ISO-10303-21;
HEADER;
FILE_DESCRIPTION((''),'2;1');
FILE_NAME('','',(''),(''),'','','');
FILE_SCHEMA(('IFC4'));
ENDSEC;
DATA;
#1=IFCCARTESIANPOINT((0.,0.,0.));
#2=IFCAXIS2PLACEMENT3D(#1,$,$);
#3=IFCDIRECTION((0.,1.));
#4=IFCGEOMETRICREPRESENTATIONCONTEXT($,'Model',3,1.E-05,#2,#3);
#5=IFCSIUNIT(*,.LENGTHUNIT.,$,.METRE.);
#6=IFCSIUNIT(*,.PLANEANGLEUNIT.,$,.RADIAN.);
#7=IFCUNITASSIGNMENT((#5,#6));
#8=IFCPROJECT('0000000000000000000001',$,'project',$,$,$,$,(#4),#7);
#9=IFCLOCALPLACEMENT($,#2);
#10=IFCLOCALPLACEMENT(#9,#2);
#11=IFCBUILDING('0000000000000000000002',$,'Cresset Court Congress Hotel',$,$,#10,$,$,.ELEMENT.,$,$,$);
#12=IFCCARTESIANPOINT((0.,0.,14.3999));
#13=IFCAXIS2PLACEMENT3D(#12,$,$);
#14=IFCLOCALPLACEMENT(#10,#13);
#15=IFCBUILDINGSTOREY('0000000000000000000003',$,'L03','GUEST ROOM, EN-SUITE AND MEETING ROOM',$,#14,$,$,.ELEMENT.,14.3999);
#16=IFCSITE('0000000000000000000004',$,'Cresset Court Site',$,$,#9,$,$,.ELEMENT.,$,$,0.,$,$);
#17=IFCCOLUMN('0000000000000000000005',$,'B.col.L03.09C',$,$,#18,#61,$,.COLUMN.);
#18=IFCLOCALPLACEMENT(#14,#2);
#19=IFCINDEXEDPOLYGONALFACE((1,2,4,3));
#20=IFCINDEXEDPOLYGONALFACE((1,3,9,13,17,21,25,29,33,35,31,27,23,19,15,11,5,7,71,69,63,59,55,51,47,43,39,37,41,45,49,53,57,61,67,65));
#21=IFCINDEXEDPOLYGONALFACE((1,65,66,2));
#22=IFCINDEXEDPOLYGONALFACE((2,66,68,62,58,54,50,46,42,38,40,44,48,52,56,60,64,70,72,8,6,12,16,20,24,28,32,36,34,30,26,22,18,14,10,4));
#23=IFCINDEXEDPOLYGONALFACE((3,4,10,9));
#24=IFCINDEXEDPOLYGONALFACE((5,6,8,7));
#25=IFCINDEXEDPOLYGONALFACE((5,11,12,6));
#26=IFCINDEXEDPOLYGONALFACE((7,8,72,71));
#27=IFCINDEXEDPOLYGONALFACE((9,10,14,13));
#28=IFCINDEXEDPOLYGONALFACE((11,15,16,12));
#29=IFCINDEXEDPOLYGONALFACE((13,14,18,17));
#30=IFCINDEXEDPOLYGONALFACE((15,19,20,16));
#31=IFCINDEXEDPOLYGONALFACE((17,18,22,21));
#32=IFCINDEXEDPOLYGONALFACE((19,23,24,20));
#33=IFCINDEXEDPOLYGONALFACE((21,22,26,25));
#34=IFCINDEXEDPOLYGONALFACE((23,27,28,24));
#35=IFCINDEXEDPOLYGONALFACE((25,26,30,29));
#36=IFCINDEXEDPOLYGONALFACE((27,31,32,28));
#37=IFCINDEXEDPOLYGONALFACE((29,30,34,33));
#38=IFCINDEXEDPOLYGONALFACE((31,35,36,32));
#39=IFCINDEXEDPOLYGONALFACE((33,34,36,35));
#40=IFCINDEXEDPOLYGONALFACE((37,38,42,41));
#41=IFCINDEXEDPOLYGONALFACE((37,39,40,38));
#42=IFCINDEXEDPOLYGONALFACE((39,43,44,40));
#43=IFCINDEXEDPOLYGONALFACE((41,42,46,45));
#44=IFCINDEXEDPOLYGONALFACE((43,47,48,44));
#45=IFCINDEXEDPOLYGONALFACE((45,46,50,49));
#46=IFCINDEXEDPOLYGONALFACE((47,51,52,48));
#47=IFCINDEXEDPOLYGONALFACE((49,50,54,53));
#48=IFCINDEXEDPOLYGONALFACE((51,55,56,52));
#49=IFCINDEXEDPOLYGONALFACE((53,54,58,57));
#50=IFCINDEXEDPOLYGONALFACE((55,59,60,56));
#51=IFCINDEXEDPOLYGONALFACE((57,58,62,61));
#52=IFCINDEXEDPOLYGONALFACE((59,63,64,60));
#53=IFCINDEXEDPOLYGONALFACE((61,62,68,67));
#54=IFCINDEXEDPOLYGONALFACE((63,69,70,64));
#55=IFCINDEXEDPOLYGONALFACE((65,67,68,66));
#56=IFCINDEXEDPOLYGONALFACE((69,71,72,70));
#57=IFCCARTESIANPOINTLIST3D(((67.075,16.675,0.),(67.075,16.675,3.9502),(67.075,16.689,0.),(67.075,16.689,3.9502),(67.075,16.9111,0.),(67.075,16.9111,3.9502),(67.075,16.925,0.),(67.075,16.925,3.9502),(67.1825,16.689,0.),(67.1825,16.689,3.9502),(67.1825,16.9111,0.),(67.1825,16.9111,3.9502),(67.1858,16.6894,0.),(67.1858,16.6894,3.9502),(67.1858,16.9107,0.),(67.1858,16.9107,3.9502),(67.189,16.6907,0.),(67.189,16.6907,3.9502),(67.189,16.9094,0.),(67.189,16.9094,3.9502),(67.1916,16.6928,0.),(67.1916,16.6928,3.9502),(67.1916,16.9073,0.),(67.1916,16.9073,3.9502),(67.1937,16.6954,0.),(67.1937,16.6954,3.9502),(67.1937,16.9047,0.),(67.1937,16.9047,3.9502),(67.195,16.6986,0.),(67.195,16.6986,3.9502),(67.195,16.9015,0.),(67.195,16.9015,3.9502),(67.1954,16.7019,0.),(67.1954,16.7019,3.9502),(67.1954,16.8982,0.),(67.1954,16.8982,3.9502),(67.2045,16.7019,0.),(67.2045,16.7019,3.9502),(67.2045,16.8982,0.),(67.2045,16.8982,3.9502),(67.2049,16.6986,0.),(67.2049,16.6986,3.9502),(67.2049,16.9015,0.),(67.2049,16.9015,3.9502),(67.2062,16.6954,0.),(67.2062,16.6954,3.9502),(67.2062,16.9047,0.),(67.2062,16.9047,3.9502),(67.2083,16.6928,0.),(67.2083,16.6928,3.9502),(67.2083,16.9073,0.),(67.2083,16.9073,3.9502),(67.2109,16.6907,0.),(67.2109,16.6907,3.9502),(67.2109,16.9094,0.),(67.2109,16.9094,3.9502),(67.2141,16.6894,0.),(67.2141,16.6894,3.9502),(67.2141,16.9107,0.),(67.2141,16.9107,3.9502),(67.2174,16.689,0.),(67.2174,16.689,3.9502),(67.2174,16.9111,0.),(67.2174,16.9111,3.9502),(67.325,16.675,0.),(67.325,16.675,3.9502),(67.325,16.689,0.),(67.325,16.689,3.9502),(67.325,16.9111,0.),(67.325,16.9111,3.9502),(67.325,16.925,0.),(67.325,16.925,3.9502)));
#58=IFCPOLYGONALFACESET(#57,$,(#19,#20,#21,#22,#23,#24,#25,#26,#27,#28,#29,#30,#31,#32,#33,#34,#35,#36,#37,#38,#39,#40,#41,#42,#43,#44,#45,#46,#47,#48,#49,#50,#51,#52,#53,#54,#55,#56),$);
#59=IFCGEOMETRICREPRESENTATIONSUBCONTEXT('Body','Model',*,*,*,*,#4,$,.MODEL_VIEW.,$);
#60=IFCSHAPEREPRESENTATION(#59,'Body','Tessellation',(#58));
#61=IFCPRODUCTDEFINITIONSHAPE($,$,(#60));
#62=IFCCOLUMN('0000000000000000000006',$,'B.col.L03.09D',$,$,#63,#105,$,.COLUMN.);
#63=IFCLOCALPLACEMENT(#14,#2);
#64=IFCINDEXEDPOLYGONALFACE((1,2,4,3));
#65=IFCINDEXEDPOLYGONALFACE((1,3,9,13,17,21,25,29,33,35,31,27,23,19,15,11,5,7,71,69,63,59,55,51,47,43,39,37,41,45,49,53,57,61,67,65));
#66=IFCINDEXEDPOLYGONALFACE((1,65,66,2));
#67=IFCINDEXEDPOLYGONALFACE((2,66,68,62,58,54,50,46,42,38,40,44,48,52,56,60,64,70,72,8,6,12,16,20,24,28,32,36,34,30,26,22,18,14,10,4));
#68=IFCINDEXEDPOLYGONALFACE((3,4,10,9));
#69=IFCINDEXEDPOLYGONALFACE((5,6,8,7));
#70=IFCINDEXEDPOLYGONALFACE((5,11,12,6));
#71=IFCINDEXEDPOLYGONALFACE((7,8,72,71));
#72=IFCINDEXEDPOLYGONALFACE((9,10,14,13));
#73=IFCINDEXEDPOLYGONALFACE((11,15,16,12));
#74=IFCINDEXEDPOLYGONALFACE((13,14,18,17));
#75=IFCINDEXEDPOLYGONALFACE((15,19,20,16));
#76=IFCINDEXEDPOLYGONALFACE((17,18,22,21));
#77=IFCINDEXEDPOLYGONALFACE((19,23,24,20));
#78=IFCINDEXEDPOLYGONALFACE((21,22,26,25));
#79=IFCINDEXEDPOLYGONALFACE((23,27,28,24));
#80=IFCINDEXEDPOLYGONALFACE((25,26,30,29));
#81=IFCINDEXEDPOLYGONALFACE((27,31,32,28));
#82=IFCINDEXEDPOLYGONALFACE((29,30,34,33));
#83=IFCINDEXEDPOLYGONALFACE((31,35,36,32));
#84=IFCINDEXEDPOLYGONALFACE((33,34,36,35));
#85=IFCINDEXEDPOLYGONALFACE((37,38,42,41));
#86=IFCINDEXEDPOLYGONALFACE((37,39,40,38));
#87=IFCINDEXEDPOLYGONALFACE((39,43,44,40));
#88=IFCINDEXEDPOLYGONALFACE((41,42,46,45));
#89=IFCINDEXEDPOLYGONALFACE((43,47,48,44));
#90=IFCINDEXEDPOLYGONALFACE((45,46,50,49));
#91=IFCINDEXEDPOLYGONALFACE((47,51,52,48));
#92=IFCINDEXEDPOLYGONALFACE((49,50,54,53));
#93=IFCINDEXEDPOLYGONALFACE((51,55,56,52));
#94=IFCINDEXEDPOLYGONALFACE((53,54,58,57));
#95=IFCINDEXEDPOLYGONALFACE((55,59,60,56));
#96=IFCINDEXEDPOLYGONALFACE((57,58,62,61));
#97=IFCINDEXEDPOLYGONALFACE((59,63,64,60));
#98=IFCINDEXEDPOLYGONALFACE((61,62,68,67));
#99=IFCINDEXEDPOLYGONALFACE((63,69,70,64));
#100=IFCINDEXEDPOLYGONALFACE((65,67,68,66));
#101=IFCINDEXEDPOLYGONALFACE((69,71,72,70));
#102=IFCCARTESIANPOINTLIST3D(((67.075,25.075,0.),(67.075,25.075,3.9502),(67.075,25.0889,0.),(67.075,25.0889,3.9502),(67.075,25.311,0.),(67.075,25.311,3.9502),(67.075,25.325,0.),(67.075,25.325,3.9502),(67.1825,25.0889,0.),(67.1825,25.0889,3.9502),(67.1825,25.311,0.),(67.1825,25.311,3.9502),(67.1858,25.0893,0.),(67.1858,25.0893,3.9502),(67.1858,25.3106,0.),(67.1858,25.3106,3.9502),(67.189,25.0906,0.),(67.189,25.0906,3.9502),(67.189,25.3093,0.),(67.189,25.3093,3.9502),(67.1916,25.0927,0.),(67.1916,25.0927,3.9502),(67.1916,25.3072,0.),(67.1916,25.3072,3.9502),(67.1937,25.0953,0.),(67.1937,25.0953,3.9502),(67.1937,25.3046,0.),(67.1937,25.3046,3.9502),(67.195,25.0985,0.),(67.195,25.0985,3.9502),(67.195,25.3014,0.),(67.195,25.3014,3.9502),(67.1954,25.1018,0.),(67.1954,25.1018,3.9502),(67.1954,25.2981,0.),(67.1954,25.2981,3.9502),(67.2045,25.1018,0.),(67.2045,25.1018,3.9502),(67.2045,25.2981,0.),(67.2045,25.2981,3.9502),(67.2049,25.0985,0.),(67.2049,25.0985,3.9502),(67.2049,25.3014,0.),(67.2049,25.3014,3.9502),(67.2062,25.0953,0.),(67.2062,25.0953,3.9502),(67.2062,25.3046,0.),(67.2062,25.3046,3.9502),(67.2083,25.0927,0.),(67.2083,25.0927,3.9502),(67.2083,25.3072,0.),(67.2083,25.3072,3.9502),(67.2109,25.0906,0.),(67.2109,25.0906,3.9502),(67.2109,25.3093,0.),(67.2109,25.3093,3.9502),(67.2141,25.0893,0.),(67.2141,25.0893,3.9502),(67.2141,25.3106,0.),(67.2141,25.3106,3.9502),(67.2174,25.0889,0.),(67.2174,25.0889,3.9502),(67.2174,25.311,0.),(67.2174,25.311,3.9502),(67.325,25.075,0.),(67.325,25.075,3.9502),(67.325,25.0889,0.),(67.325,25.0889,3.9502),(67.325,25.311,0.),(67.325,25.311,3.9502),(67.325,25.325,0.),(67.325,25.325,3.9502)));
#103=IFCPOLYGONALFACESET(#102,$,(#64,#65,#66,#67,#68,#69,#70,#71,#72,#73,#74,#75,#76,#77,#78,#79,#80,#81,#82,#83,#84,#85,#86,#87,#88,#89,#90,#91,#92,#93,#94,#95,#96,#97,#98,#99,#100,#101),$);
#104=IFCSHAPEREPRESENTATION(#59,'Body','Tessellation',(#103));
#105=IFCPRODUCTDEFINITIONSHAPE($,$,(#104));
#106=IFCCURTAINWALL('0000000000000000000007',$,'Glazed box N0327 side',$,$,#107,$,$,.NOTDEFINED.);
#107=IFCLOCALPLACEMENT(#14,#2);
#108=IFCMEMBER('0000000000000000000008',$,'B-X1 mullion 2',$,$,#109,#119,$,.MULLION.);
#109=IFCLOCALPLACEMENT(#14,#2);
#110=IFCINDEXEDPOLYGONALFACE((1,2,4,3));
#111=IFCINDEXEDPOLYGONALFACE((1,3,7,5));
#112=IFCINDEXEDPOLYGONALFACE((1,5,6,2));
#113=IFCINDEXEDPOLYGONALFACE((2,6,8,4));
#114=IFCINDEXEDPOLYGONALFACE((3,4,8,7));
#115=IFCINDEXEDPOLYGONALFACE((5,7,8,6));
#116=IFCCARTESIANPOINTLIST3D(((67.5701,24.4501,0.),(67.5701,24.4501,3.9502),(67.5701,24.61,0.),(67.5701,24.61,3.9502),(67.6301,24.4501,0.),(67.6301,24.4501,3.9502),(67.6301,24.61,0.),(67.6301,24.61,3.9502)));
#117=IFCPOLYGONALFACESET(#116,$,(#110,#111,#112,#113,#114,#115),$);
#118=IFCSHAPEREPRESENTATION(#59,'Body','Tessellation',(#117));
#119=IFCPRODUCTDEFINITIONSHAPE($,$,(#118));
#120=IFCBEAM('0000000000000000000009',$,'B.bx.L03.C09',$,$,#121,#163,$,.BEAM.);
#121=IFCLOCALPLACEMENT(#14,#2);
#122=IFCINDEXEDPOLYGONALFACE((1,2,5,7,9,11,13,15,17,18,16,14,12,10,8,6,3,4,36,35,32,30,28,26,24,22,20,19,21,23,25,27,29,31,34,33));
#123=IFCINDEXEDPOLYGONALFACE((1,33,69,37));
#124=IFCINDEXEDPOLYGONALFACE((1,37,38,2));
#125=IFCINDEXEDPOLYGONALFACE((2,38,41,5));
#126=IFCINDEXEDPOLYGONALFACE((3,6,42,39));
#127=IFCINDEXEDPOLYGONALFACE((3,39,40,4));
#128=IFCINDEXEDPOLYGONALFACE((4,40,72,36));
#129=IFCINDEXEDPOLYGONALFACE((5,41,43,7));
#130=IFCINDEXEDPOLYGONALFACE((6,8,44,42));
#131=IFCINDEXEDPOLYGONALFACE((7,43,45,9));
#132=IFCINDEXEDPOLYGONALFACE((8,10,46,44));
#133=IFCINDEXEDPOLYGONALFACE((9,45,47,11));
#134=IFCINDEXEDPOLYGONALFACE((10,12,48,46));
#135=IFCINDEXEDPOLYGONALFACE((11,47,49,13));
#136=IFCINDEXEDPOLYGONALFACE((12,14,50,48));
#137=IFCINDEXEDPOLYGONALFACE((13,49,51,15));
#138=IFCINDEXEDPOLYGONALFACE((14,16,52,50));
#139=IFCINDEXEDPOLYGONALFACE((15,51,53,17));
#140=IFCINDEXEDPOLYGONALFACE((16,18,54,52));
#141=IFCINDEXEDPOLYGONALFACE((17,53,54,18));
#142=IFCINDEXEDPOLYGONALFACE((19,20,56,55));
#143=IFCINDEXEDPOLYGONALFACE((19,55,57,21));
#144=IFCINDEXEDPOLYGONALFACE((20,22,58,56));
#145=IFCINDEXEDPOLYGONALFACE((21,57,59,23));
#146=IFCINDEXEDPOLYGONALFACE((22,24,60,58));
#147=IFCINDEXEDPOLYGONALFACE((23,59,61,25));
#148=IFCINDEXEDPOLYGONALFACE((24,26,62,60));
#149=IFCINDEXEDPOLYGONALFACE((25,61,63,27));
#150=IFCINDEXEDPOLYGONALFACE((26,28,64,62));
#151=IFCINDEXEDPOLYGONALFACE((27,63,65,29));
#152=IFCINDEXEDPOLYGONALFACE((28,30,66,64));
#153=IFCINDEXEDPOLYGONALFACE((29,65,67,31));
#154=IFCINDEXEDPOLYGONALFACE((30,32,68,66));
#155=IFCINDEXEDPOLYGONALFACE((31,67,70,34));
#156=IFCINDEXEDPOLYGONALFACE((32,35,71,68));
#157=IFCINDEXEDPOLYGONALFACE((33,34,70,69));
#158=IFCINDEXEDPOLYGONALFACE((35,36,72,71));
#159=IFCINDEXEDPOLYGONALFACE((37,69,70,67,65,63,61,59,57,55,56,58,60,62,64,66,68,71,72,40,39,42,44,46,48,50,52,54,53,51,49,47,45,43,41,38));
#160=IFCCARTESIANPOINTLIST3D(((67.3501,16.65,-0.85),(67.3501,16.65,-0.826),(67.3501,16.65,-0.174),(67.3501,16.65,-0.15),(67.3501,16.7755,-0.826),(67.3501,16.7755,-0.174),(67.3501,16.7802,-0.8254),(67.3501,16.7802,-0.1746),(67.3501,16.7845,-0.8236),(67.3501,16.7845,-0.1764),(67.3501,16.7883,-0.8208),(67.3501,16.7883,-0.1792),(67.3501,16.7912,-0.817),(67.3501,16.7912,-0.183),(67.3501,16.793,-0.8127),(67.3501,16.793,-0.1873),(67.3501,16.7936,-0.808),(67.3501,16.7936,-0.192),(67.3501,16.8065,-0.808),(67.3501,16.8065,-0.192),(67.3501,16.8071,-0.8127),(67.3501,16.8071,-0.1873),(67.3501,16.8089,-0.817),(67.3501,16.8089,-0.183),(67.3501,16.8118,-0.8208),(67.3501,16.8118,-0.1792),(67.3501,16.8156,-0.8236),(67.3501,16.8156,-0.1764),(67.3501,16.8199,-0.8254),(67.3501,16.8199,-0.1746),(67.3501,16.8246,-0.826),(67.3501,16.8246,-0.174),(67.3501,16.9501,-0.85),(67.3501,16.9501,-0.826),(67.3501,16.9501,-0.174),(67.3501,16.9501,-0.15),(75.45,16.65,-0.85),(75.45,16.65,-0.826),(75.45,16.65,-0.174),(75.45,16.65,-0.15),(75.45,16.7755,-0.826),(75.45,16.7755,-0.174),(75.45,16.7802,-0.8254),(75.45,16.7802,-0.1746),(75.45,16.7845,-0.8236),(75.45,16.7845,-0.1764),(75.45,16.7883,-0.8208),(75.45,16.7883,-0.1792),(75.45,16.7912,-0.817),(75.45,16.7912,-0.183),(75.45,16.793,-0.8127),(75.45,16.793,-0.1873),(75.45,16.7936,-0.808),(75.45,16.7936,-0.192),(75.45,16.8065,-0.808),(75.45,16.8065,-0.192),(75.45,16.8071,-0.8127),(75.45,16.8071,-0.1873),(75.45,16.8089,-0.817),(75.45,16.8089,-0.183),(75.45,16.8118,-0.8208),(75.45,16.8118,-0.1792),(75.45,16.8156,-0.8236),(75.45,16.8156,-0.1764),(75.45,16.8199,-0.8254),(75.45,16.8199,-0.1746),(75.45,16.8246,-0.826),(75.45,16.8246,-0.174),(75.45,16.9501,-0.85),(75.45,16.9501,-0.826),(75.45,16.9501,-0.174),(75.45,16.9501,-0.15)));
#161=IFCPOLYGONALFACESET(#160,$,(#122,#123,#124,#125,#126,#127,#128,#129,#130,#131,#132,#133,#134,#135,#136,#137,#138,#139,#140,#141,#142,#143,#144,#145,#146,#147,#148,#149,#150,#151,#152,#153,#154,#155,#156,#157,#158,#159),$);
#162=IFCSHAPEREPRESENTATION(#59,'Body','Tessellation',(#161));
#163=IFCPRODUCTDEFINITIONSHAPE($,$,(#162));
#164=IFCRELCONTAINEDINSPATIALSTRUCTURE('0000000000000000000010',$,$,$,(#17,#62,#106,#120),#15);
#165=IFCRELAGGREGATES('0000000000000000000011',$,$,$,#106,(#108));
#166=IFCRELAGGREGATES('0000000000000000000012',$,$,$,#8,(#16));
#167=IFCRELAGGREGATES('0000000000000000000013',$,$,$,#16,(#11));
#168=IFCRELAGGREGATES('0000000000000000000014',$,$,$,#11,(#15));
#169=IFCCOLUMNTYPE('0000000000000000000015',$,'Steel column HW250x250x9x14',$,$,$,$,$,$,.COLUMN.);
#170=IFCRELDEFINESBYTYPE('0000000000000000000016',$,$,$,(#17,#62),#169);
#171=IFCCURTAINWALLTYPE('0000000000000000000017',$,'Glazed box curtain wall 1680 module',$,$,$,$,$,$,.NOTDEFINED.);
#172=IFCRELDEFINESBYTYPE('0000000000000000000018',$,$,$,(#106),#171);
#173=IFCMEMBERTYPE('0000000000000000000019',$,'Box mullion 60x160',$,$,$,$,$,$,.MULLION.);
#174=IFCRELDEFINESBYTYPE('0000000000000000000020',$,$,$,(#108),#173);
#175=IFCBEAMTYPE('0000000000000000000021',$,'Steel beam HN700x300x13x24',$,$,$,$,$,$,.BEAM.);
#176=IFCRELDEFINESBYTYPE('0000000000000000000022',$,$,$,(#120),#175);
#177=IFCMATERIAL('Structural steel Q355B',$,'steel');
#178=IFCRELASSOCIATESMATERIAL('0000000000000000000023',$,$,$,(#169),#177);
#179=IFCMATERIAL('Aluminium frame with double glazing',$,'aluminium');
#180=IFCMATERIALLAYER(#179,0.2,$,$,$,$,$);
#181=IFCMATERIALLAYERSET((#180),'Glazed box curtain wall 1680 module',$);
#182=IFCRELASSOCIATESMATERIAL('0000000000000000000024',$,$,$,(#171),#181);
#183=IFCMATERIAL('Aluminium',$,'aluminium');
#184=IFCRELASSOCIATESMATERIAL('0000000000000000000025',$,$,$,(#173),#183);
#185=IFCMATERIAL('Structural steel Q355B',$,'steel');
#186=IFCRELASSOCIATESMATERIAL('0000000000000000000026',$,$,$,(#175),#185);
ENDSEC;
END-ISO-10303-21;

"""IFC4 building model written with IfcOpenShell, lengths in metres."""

from ifc_helpers import new_model, si_unit, direction, frame, origin, origin_2d, place, context, subcontext, project, spatial, rectangle, i_section, extrude, material, layer, layer_set, material_profile, profile_set, type_object, element, aggregate, save


model = new_model("IFC4")

# Units and contexts
model_context = context("Model", 3, precision=1e-05, world=origin(), true_north=direction((0.0, 1.0)))
body_context = subcontext(model_context, "Body", "Model", "MODEL_VIEW")
ifc_project = project(units=[si_unit("LENGTHUNIT", "METRE"), si_unit("PLANEANGLEUNIT", "RADIAN")], contexts=[model_context])

# Site, building, storey
site_placement = place(None, origin())
site = spatial("IfcSite", under=ifc_project, at=site_placement, Name="Cresset Court Site", CompositionType="ELEMENT", RefElevation=0.0)
building_placement = place(site_placement, origin())
building = spatial("IfcBuilding", under=site, at=building_placement, Name="Cresset Court Congress Hotel", CompositionType="ELEMENT")
storey_placement = place(building_placement, frame((0.0, 0.0, 14.3999)))
storey = spatial("IfcBuildingStorey", under=building, at=storey_placement, Name="L03", Description="GUEST ROOM, EN-SUITE AND MEETING ROOM", CompositionType="ELEMENT", Elevation=14.3999)

# Columns
ifc_material_1 = material(Name="Structural steel Q355B", Category="steel")
ifc_material_profile_1 = material_profile(ifc_material_1, i_section(OverallWidth=0.25, OverallDepth=0.25, WebThickness=0.009, FlangeThickness=0.0139, FilletRadius=0.0129, at=origin_2d()), Name="HW250x250x9x14")
ifc_profile_set_1 = profile_set([ifc_material_profile_1], Name="Structural steel Q355B")
column_type = type_object("IfcColumnType", Name="Steel column HW250x250x9x14", PredefinedType="COLUMN", material=ifc_profile_set_1)
for number, where, z_axis, x_axis, name in (
    (1, (67.2, 16.8, 0.0), (0.0, 0.0, 1.0), (1.0, 0.0, 0.0), "B.col.L03.09C"),
    (2, (67.2, 25.2, 0.0), (0.0, 0.0, 1.0), (1.0, 0.0, 0.0), "B.col.L03.09D"),
):
    element("IfcColumn", number, at=place(storey_placement, frame(where, z_axis=z_axis, x_axis=x_axis)), inside=storey, type_object=column_type, Name=name, PredefinedType="COLUMN", context=body_context, shape_type="SweptSolid", body=[
        extrude(i_section(OverallWidth=0.25, OverallDepth=0.25, WebThickness=0.009, FlangeThickness=0.0139, FilletRadius=0.0129, at=origin_2d()), origin(), (0.0, 0.0, 1.0), 3.9502),
    ])

# Curtain wall, member
ifc_material_2 = material(Name="Aluminium frame with double glazing", Category="aluminium")
ifc_layer_1 = layer(ifc_material_2, 0.2)
ifc_layer_set_1 = layer_set([ifc_layer_1], Name="Glazed box curtain wall 1680 module")
curtain_wall_type = type_object("IfcCurtainWallType", Name="Glazed box curtain wall 1680 module", PredefinedType="NOTDEFINED", material=ifc_layer_set_1)
curtain_wall_placement = place(storey_placement, origin())
curtain_wall = element("IfcCurtainWall", 3, at=curtain_wall_placement, inside=storey, type_object=curtain_wall_type, Name="Glazed box N0327 side", PredefinedType="NOTDEFINED")
ifc_material_3 = material(Name="Aluminium", Category="aluminium")
ifc_material_profile_2 = material_profile(ifc_material_3, rectangle(XDim=0.0601, YDim=0.1599, at=origin_2d()), Name="Box mullion 60x160")
ifc_profile_set_2 = profile_set([ifc_material_profile_2], Name="Aluminium")
member_type = type_object("IfcMemberType", Name="Box mullion 60x160", PredefinedType="MULLION", material=ifc_profile_set_2)
member_placement = place(storey_placement, frame((67.6001, 24.53, 0.0), z_axis=(0.0, 0.0, 1.0), x_axis=(1.0, 0.0, 0.0)))
member = element("IfcMember", 4, at=member_placement, type_object=member_type, Name="B-X1 mullion 2", PredefinedType="MULLION", context=body_context, shape_type="SweptSolid", body=[
    extrude(rectangle(XDim=0.0601, YDim=0.1599, at=origin_2d()), origin(), (0.0, 0.0, 1.0), 3.9502),
])

# Beam
ifc_material_4 = material(Name="Structural steel Q355B", Category="steel")
ifc_material_profile_3 = material_profile(ifc_material_4, i_section(OverallWidth=0.3, OverallDepth=0.7, WebThickness=0.0129, FlangeThickness=0.0239, FilletRadius=0.0181, at=origin_2d()), Name="HN700x300x13x24")
ifc_profile_set_3 = profile_set([ifc_material_profile_3], Name="Structural steel Q355B")
beam_type = type_object("IfcBeamType", Name="Steel beam HN700x300x13x24", PredefinedType="BEAM", material=ifc_profile_set_3)
for number, where, z_axis, x_axis, name in (
    (5, (67.3501, 16.8, -0.5), (1.0, 0.0, 0.0), (0.0, 1.0, 0.0), "B.bx.L03.C09"),
):
    element("IfcBeam", number, at=place(storey_placement, frame(where, z_axis=z_axis, x_axis=x_axis)), inside=storey, type_object=beam_type, Name=name, PredefinedType="BEAM", context=body_context, shape_type="SweptSolid", body=[
        extrude(i_section(OverallWidth=0.3, OverallDepth=0.7, WebThickness=0.0129, FlangeThickness=0.0239, FilletRadius=0.0181, at=origin_2d()), origin(), (0.0, 0.0, 1.0), 8.0999),
    ])

aggregate(curtain_wall, [member])

save(model, "model.ifc")
